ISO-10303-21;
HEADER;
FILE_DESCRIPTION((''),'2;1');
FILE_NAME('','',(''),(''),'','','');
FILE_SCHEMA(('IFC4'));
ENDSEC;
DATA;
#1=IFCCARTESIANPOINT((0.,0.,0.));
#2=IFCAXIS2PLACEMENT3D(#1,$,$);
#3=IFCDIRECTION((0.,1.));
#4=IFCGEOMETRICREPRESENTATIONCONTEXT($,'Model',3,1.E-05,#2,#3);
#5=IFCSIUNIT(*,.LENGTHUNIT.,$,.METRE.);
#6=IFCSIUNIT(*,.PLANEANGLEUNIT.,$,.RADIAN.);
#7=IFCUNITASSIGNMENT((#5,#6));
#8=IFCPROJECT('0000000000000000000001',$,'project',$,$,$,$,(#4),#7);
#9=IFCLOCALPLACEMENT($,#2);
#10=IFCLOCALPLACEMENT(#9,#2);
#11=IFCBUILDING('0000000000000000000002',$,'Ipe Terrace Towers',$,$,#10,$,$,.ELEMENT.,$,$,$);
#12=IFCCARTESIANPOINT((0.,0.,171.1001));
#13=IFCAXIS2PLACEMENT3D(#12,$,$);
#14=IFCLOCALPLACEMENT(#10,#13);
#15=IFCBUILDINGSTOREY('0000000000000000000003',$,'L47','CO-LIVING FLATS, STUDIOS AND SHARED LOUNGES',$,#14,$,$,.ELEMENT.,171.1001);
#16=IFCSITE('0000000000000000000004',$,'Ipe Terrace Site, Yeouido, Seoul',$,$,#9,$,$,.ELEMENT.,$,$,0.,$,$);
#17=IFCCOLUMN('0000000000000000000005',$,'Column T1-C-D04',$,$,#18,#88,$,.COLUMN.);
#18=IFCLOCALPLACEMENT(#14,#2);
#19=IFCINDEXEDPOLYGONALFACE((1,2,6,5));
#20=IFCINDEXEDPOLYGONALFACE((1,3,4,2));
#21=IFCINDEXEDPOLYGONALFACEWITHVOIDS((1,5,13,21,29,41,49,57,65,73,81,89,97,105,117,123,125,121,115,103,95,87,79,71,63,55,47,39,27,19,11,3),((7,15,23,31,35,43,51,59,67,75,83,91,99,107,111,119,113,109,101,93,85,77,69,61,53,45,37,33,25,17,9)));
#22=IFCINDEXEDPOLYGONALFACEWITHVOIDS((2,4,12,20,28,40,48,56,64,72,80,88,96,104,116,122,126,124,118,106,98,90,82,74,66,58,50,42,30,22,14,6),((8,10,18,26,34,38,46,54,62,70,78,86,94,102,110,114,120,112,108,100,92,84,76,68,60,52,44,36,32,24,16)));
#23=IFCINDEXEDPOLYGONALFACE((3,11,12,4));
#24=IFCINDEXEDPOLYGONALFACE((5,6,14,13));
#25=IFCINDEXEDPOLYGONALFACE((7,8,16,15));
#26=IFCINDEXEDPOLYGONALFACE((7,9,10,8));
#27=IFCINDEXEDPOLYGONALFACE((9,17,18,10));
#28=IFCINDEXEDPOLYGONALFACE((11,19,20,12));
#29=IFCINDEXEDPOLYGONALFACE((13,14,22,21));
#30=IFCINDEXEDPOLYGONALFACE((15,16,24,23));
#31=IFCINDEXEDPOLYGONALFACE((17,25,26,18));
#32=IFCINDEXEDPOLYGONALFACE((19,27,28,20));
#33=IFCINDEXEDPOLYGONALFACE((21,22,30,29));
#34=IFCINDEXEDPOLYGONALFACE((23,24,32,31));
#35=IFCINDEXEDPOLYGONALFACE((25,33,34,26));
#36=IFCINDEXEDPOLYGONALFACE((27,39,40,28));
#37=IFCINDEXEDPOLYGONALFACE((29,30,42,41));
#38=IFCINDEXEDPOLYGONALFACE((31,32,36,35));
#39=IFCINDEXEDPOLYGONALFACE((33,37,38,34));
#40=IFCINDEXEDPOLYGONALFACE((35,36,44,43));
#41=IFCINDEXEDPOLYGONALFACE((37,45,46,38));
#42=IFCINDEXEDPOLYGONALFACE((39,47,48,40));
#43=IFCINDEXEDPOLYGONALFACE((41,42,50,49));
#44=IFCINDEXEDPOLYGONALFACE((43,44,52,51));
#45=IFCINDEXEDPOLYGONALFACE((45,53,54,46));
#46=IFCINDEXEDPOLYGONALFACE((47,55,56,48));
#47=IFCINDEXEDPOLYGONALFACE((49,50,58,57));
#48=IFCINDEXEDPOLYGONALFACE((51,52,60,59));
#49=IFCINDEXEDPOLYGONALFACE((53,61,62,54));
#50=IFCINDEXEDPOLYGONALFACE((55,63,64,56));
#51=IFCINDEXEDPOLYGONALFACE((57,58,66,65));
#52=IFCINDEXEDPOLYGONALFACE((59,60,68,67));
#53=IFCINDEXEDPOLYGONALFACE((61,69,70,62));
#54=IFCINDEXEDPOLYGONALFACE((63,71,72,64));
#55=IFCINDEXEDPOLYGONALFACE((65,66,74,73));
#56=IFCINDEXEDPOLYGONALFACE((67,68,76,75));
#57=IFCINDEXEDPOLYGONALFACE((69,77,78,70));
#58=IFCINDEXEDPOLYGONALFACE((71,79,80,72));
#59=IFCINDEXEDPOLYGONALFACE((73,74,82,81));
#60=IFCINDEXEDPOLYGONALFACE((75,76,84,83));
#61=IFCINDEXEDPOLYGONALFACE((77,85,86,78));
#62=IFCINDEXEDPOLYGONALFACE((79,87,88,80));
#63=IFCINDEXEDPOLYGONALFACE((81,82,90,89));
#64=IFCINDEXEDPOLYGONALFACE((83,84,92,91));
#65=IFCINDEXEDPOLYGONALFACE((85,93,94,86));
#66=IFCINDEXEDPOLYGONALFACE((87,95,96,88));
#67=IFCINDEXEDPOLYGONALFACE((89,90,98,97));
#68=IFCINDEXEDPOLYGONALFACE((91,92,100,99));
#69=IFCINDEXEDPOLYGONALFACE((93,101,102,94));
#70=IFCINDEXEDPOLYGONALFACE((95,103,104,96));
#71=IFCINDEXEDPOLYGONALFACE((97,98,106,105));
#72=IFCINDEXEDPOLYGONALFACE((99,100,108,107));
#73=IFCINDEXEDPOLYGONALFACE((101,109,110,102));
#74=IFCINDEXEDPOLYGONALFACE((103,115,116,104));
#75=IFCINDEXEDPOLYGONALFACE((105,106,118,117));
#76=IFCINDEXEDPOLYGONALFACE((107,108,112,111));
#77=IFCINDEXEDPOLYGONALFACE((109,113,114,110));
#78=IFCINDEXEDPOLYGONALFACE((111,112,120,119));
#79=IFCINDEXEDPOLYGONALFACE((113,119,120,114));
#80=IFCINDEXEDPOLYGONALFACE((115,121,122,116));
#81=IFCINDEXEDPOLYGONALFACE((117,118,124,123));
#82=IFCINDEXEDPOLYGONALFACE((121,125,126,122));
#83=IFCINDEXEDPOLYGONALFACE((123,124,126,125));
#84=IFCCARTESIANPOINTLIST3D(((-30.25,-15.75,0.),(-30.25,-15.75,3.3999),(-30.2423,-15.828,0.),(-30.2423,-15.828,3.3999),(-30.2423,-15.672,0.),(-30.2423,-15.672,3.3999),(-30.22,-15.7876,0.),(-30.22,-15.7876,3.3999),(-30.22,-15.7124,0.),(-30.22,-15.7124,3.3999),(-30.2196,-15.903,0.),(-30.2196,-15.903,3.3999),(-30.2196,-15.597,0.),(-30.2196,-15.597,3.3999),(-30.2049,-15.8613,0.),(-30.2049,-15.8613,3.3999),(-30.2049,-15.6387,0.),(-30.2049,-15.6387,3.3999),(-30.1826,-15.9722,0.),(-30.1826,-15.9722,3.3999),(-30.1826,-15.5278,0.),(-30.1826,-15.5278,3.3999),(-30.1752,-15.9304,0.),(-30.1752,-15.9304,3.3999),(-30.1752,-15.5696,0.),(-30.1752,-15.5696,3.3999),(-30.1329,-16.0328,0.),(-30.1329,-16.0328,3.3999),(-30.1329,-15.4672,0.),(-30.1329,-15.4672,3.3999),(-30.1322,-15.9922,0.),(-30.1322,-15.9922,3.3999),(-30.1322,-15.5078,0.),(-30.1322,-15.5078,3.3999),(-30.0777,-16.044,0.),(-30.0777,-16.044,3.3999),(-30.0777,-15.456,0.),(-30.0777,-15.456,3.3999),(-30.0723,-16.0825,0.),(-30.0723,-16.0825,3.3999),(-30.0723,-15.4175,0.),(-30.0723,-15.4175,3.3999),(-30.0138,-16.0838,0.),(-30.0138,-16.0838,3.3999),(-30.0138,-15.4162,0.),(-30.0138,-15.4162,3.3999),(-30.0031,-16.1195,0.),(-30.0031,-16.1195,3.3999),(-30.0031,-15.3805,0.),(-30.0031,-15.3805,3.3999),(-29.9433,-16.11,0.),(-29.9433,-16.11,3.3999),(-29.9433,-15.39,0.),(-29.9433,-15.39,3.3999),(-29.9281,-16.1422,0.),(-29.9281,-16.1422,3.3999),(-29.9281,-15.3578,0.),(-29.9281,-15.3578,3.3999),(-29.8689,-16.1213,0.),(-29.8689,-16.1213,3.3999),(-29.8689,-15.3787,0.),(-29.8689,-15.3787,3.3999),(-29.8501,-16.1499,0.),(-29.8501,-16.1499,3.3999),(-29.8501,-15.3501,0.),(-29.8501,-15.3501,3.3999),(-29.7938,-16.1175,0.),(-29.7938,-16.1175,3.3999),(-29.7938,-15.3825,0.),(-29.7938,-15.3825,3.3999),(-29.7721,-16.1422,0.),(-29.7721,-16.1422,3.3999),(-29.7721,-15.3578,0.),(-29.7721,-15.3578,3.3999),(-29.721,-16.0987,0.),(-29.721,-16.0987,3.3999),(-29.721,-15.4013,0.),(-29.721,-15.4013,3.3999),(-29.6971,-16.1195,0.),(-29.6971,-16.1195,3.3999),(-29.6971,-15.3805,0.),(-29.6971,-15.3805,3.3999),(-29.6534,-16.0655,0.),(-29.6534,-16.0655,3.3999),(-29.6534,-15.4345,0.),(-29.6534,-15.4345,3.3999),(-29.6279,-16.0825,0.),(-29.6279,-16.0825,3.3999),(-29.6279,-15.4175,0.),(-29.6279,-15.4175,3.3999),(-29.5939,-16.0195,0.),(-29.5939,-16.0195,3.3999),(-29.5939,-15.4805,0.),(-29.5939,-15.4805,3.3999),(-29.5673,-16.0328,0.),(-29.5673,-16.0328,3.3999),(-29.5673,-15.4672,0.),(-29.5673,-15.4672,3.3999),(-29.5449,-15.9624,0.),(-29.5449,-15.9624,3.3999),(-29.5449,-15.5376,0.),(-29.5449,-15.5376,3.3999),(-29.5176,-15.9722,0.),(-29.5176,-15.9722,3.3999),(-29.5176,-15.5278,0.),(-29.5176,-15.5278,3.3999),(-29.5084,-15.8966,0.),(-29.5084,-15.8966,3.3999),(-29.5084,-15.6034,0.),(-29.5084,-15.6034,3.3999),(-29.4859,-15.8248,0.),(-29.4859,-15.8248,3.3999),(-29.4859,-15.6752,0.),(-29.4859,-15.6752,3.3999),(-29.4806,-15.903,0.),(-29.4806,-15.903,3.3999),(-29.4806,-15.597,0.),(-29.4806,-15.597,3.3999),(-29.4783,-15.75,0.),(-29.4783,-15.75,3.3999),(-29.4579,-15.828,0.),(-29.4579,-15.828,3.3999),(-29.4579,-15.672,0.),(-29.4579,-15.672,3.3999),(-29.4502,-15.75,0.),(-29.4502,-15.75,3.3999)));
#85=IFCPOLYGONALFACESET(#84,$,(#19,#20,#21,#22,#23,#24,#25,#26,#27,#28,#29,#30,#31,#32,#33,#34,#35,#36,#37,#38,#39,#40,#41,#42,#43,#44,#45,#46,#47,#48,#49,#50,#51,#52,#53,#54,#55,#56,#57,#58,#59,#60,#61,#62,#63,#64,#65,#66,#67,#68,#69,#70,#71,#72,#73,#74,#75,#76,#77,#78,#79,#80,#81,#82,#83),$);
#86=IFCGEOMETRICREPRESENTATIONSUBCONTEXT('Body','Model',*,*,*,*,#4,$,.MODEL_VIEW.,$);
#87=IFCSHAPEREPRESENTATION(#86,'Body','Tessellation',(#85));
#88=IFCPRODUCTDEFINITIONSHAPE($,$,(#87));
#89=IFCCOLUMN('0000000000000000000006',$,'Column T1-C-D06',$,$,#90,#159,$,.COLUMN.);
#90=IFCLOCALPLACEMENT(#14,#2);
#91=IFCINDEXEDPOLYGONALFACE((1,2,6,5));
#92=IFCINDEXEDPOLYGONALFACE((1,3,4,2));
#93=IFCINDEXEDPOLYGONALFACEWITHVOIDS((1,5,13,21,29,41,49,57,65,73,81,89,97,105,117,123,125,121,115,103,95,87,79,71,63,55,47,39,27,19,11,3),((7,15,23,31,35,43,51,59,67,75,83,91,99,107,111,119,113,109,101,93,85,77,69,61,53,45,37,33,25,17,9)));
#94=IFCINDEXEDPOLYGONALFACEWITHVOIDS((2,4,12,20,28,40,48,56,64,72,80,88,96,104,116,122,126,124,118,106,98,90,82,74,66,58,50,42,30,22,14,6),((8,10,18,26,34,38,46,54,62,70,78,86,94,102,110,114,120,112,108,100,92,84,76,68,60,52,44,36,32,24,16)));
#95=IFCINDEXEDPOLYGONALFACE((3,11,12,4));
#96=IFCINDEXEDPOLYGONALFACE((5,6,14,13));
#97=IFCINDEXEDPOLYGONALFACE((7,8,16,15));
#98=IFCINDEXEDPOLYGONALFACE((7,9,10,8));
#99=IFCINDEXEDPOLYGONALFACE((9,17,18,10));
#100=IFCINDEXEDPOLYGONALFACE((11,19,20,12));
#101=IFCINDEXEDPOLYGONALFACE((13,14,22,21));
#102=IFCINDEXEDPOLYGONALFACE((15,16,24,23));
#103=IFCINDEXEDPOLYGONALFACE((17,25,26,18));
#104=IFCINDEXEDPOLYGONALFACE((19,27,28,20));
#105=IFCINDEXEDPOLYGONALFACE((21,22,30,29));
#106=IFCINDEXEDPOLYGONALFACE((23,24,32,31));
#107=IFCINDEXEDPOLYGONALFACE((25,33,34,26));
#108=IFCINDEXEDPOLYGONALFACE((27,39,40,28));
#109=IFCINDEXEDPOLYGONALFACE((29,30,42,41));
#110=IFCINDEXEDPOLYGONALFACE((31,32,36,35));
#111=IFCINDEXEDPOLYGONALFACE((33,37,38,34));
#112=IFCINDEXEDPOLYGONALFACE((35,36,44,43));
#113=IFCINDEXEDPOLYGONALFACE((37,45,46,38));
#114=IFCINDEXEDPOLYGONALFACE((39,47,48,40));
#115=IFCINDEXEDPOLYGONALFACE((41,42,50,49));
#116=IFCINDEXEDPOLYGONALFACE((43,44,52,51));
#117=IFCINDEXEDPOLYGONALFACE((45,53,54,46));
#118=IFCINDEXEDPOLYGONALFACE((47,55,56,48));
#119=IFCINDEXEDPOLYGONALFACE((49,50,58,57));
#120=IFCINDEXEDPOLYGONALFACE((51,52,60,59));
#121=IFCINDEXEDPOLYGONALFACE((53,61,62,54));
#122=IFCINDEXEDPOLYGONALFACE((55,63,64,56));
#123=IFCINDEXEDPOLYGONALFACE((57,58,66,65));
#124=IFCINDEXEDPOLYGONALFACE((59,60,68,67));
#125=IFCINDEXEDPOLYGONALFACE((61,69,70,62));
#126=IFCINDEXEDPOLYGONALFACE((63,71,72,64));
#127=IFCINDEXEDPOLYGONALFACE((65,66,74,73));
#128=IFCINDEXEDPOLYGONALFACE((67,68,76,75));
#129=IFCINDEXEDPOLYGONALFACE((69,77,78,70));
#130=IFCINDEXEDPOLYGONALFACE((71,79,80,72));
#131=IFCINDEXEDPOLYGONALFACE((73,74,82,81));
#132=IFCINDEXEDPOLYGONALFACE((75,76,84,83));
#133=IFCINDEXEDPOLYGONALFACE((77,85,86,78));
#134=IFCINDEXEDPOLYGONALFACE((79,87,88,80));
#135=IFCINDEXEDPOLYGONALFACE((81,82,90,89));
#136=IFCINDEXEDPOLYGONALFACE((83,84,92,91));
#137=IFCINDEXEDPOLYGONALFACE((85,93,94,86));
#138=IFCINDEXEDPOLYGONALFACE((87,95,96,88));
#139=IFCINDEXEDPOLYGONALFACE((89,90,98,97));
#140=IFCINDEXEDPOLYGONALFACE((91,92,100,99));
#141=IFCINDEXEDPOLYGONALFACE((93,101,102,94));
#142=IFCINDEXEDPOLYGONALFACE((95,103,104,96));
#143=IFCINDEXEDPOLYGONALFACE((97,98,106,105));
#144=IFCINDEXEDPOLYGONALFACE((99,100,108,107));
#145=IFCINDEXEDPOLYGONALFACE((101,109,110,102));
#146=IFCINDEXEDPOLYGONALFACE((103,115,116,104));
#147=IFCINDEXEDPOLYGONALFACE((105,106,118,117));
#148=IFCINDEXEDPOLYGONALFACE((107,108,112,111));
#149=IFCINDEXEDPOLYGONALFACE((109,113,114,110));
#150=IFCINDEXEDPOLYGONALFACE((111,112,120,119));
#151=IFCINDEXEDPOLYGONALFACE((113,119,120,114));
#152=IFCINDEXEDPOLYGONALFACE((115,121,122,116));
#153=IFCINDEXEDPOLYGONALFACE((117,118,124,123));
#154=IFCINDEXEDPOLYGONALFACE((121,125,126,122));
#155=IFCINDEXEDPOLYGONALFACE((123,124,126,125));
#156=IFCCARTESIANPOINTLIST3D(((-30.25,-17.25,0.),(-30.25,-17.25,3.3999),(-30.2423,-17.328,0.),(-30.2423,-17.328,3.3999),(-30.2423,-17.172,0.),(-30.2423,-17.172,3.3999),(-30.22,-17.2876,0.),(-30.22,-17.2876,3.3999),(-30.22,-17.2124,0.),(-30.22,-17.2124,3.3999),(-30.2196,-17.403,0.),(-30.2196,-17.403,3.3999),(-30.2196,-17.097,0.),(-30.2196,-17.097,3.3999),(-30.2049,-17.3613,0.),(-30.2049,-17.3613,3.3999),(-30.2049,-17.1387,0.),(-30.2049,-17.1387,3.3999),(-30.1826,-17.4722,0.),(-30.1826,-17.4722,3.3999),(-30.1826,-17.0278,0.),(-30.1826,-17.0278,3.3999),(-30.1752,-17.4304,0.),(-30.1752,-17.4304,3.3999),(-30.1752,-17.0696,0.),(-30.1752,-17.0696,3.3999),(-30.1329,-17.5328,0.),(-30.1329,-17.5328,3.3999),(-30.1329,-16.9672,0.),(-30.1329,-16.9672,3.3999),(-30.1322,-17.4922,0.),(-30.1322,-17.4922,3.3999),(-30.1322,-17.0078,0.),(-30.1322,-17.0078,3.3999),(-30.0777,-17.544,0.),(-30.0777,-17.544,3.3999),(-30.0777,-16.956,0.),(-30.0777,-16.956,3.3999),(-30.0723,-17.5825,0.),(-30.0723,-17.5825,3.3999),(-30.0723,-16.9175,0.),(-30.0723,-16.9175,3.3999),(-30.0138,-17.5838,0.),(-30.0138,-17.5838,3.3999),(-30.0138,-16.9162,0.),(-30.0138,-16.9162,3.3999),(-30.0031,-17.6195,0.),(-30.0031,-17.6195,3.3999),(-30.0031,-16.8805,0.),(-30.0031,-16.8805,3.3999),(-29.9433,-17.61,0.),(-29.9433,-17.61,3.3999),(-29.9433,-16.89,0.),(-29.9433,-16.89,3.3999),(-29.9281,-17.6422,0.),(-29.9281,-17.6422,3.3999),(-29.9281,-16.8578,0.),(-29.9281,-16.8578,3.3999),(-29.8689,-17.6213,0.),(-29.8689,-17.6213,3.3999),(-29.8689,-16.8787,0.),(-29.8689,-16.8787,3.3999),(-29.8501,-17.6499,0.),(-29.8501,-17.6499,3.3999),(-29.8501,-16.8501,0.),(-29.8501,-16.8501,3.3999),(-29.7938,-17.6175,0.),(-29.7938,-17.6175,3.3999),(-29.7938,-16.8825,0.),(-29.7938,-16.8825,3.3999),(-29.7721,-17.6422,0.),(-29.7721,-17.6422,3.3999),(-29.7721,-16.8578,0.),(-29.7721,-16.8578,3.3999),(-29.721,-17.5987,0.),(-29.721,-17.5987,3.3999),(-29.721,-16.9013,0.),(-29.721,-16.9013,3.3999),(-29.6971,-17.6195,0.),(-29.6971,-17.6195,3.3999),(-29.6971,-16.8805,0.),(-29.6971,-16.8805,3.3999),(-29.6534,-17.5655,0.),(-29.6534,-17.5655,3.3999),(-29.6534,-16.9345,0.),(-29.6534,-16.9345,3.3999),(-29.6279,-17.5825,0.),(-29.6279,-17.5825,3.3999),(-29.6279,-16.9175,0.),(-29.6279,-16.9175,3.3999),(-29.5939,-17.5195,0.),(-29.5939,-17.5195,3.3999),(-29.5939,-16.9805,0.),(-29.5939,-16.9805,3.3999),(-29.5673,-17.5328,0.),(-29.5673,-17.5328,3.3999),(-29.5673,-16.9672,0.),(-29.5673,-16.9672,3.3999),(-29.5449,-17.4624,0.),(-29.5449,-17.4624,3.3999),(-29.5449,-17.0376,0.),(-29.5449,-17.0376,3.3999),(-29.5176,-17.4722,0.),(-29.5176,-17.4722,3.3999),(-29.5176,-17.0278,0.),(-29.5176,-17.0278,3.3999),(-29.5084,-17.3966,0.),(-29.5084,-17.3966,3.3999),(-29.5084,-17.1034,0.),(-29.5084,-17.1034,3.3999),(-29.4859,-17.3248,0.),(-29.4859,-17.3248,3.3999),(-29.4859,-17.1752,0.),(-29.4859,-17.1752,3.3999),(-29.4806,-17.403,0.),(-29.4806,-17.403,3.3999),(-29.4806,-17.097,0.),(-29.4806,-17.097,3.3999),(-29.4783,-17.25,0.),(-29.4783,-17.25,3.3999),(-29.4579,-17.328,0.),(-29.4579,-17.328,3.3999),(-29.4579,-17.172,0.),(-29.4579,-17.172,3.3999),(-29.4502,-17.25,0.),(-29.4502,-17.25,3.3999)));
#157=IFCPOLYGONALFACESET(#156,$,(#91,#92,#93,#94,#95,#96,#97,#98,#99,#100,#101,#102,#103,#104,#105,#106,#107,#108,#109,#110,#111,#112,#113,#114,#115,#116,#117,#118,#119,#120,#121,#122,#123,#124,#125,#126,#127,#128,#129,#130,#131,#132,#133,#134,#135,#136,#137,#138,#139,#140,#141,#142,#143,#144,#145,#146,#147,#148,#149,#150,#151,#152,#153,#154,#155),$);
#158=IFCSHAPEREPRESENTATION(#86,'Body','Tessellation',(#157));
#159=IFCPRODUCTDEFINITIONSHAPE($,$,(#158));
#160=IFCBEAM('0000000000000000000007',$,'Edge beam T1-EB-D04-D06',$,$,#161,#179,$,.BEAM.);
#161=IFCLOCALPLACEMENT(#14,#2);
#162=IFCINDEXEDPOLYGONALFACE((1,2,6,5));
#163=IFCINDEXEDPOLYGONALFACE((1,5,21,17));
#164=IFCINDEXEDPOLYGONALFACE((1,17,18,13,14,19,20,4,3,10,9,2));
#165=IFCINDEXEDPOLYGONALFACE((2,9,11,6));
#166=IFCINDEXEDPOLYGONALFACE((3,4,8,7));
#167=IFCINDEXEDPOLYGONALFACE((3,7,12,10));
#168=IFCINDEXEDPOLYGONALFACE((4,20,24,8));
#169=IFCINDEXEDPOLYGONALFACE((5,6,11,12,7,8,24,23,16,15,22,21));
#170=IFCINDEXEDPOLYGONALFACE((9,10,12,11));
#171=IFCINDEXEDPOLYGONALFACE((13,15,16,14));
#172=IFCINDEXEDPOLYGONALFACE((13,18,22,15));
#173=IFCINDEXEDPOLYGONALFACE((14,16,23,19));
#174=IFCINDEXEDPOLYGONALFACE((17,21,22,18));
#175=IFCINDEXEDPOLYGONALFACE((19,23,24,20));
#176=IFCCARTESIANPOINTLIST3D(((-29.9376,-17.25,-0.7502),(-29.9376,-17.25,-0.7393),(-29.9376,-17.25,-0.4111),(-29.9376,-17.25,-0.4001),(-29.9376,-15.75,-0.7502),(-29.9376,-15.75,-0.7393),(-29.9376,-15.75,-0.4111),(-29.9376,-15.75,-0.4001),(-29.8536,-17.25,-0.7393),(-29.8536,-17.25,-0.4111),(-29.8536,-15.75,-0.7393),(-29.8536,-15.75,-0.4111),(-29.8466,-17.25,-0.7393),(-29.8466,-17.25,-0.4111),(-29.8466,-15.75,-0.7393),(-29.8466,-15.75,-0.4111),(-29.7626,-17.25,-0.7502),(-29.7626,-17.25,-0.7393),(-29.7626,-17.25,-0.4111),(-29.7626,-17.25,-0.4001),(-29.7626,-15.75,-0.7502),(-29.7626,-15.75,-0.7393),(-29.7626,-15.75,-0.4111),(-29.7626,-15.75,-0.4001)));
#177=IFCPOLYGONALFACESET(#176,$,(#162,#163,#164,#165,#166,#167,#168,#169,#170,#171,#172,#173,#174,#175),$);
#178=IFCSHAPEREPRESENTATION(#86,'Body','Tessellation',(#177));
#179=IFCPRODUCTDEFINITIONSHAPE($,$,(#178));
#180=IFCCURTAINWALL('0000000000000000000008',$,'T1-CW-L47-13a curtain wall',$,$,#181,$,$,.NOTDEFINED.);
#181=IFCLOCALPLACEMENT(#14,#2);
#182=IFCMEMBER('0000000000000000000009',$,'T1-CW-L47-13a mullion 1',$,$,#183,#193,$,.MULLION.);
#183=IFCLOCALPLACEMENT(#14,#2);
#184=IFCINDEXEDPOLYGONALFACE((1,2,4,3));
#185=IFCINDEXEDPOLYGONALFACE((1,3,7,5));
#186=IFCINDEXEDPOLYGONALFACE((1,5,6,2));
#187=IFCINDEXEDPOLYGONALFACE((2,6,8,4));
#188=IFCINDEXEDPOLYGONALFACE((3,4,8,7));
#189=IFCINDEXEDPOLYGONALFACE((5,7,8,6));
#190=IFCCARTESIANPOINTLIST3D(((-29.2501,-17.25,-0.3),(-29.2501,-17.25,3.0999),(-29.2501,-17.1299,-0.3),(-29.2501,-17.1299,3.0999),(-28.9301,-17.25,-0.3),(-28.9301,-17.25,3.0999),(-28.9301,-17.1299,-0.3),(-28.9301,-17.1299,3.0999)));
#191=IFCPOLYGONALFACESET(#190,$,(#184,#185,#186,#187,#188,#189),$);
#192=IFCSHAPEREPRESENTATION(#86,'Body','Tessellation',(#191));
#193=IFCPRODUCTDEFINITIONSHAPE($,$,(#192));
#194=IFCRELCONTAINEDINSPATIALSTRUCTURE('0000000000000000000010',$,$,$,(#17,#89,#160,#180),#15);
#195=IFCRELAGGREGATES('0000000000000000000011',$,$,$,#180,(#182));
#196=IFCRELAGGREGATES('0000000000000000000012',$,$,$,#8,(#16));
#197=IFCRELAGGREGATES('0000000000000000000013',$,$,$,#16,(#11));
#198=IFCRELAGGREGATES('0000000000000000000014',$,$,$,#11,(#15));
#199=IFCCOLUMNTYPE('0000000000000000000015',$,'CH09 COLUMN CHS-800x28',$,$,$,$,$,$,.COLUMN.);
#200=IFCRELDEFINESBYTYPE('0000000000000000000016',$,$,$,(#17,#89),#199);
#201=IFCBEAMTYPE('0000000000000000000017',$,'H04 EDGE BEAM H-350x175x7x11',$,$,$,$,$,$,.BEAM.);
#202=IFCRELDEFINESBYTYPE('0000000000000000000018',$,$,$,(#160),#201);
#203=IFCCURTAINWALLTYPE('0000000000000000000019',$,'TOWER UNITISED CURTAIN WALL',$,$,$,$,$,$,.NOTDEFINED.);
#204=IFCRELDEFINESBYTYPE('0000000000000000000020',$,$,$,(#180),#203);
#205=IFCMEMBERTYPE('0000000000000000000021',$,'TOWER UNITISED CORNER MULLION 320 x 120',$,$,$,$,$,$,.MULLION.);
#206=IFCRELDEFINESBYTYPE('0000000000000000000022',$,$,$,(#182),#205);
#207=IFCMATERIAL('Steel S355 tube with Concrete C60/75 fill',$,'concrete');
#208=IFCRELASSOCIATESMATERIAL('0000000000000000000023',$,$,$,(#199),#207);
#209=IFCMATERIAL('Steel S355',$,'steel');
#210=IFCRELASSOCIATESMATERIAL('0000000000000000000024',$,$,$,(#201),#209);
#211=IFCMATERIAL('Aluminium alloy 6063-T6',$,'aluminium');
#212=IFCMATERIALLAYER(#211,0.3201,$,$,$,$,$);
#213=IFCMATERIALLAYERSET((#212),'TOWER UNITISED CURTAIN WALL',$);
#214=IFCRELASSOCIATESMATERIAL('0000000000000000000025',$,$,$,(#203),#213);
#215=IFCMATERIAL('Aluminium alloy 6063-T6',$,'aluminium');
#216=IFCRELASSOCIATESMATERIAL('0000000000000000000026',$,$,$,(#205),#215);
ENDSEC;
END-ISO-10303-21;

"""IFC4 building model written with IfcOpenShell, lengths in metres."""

from ifc_helpers import new_model, si_unit, direction, frame, origin, origin_2d, place, context, subcontext, project, spatial, rectangle, hollow_circle, i_section, extrude, material, layer, layer_set, material_profile, profile_set, type_object, element, aggregate, save


model = new_model("IFC4")

# Units and contexts
model_context = context("Model", 3, precision=1e-05, world=origin(), true_north=direction((0.0, 1.0)))
body_context = subcontext(model_context, "Body", "Model", "MODEL_VIEW")
ifc_project = project(units=[si_unit("LENGTHUNIT", "METRE"), si_unit("PLANEANGLEUNIT", "RADIAN")], contexts=[model_context])

# Site, building, storey
site_placement = place(None, origin())
site = spatial("IfcSite", under=ifc_project, at=site_placement, Name="Ipe Terrace Site, Yeouido, Seoul", CompositionType="ELEMENT", RefElevation=0.0)
building_placement = place(site_placement, origin())
building = spatial("IfcBuilding", under=site, at=building_placement, Name="Ipe Terrace Towers", CompositionType="ELEMENT")
storey_placement = place(building_placement, frame((0.0, 0.0, 171.1001)))
storey = spatial("IfcBuildingStorey", under=building, at=storey_placement, Name="L47", Description="CO-LIVING FLATS, STUDIOS AND SHARED LOUNGES", CompositionType="ELEMENT", Elevation=171.1001)

# Columns
ifc_material_1 = material(Name="Steel S355 tube with Concrete C60/75 fill", Category="concrete")
ifc_material_profile_1 = material_profile(ifc_material_1, hollow_circle(Radius=0.3999, WallThickness=0.0281, at=origin_2d()), Name="CHS-800x28")
ifc_profile_set_1 = profile_set([ifc_material_profile_1], Name="Steel S355 tube with Concrete C60/75 fill")
column_type = type_object("IfcColumnType", Name="CH09 COLUMN CHS-800x28", PredefinedType="COLUMN", material=ifc_profile_set_1)
for number, where, z_axis, x_axis, name in (
    (1, (-29.8501, -15.75, 0.0), (0.0, 0.0, 1.0), (1.0, 0.0, 0.0), "Column T1-C-D04"),
    (2, (-29.8501, -17.25, 0.0), (0.0, 0.0, 1.0), (1.0, 0.0, 0.0), "Column T1-C-D06"),
):
    element("IfcColumn", number, at=place(storey_placement, frame(where, z_axis=z_axis, x_axis=x_axis)), inside=storey, type_object=column_type, Name=name, PredefinedType="COLUMN", context=body_context, shape_type="SweptSolid", body=[
        extrude(hollow_circle(Radius=0.3999, WallThickness=0.0281, at=origin_2d()), origin(), (0.0, 0.0, 1.0), 3.3999),
    ])

# Beam
ifc_material_2 = material(Name="Steel S355", Category="steel")
ifc_material_profile_2 = material_profile(ifc_material_2, i_section(OverallWidth=0.175, OverallDepth=0.3501, WebThickness=0.0071, FlangeThickness=0.011, at=origin_2d()), Name="H-350x175x7x11")
ifc_profile_set_2 = profile_set([ifc_material_profile_2], Name="Steel S355")
beam_type = type_object("IfcBeamType", Name="H04 EDGE BEAM H-350x175x7x11", PredefinedType="BEAM", material=ifc_profile_set_2)
beam_placement = place(storey_placement, frame((-29.8501, -15.75, -0.5752), z_axis=(0.0, -1.0, 0.0), x_axis=(1.0, 0.0, 0.0)))
element("IfcBeam", 3, at=beam_placement, inside=storey, type_object=beam_type, Name="Edge beam T1-EB-D04-D06", PredefinedType="BEAM", context=body_context, shape_type="SweptSolid", body=[
    extrude(i_section(OverallWidth=0.175, OverallDepth=0.3501, WebThickness=0.0071, FlangeThickness=0.011, at=origin_2d()), origin(), (0.0, 0.0, 1.0), 1.5),
])

# Curtain wall, member
ifc_material_3 = material(Name="Aluminium alloy 6063-T6", Category="aluminium")
ifc_layer_1 = layer(ifc_material_3, 0.3201)
ifc_layer_set_1 = layer_set([ifc_layer_1], Name="TOWER UNITISED CURTAIN WALL")
curtain_wall_type = type_object("IfcCurtainWallType", Name="TOWER UNITISED CURTAIN WALL", PredefinedType="NOTDEFINED", material=ifc_layer_set_1)
curtain_wall_1_placement = place(storey_placement, origin())
curtain_wall_1 = element("IfcCurtainWall", 4, at=curtain_wall_1_placement, inside=storey, type_object=curtain_wall_type, Name="T1-CW-L47-13a curtain wall", PredefinedType="NOTDEFINED")
ifc_material_4 = material(Name="Aluminium alloy 6063-T6", Category="aluminium")
ifc_material_profile_3 = material_profile(ifc_material_4, rectangle(XDim=0.3201, YDim=0.1201, at=origin_2d()), Name="TOWER UNITISED CORNER MULLION 320 x 120")
ifc_profile_set_3 = profile_set([ifc_material_profile_3], Name="Aluminium alloy 6063-T6")
member_type = type_object("IfcMemberType", Name="TOWER UNITISED CORNER MULLION 320 x 120", PredefinedType="MULLION", material=ifc_profile_set_3)
member_1_placement = place(storey_placement, frame((-29.0901, -17.1899, -0.3), z_axis=(0.0, 0.0, 1.0), x_axis=(1.0, 0.0, 0.0)))
member_1 = element("IfcMember", 5, at=member_1_placement, type_object=member_type, Name="T1-CW-L47-13a mullion 1", PredefinedType="MULLION", context=body_context, shape_type="SweptSolid", body=[
    extrude(rectangle(XDim=0.3201, YDim=0.1201, at=origin_2d()), origin(), (0.0, 0.0, 1.0), 3.3999),
])

aggregate(curtain_wall_1, [member_1])

save(model, "model.ifc")
